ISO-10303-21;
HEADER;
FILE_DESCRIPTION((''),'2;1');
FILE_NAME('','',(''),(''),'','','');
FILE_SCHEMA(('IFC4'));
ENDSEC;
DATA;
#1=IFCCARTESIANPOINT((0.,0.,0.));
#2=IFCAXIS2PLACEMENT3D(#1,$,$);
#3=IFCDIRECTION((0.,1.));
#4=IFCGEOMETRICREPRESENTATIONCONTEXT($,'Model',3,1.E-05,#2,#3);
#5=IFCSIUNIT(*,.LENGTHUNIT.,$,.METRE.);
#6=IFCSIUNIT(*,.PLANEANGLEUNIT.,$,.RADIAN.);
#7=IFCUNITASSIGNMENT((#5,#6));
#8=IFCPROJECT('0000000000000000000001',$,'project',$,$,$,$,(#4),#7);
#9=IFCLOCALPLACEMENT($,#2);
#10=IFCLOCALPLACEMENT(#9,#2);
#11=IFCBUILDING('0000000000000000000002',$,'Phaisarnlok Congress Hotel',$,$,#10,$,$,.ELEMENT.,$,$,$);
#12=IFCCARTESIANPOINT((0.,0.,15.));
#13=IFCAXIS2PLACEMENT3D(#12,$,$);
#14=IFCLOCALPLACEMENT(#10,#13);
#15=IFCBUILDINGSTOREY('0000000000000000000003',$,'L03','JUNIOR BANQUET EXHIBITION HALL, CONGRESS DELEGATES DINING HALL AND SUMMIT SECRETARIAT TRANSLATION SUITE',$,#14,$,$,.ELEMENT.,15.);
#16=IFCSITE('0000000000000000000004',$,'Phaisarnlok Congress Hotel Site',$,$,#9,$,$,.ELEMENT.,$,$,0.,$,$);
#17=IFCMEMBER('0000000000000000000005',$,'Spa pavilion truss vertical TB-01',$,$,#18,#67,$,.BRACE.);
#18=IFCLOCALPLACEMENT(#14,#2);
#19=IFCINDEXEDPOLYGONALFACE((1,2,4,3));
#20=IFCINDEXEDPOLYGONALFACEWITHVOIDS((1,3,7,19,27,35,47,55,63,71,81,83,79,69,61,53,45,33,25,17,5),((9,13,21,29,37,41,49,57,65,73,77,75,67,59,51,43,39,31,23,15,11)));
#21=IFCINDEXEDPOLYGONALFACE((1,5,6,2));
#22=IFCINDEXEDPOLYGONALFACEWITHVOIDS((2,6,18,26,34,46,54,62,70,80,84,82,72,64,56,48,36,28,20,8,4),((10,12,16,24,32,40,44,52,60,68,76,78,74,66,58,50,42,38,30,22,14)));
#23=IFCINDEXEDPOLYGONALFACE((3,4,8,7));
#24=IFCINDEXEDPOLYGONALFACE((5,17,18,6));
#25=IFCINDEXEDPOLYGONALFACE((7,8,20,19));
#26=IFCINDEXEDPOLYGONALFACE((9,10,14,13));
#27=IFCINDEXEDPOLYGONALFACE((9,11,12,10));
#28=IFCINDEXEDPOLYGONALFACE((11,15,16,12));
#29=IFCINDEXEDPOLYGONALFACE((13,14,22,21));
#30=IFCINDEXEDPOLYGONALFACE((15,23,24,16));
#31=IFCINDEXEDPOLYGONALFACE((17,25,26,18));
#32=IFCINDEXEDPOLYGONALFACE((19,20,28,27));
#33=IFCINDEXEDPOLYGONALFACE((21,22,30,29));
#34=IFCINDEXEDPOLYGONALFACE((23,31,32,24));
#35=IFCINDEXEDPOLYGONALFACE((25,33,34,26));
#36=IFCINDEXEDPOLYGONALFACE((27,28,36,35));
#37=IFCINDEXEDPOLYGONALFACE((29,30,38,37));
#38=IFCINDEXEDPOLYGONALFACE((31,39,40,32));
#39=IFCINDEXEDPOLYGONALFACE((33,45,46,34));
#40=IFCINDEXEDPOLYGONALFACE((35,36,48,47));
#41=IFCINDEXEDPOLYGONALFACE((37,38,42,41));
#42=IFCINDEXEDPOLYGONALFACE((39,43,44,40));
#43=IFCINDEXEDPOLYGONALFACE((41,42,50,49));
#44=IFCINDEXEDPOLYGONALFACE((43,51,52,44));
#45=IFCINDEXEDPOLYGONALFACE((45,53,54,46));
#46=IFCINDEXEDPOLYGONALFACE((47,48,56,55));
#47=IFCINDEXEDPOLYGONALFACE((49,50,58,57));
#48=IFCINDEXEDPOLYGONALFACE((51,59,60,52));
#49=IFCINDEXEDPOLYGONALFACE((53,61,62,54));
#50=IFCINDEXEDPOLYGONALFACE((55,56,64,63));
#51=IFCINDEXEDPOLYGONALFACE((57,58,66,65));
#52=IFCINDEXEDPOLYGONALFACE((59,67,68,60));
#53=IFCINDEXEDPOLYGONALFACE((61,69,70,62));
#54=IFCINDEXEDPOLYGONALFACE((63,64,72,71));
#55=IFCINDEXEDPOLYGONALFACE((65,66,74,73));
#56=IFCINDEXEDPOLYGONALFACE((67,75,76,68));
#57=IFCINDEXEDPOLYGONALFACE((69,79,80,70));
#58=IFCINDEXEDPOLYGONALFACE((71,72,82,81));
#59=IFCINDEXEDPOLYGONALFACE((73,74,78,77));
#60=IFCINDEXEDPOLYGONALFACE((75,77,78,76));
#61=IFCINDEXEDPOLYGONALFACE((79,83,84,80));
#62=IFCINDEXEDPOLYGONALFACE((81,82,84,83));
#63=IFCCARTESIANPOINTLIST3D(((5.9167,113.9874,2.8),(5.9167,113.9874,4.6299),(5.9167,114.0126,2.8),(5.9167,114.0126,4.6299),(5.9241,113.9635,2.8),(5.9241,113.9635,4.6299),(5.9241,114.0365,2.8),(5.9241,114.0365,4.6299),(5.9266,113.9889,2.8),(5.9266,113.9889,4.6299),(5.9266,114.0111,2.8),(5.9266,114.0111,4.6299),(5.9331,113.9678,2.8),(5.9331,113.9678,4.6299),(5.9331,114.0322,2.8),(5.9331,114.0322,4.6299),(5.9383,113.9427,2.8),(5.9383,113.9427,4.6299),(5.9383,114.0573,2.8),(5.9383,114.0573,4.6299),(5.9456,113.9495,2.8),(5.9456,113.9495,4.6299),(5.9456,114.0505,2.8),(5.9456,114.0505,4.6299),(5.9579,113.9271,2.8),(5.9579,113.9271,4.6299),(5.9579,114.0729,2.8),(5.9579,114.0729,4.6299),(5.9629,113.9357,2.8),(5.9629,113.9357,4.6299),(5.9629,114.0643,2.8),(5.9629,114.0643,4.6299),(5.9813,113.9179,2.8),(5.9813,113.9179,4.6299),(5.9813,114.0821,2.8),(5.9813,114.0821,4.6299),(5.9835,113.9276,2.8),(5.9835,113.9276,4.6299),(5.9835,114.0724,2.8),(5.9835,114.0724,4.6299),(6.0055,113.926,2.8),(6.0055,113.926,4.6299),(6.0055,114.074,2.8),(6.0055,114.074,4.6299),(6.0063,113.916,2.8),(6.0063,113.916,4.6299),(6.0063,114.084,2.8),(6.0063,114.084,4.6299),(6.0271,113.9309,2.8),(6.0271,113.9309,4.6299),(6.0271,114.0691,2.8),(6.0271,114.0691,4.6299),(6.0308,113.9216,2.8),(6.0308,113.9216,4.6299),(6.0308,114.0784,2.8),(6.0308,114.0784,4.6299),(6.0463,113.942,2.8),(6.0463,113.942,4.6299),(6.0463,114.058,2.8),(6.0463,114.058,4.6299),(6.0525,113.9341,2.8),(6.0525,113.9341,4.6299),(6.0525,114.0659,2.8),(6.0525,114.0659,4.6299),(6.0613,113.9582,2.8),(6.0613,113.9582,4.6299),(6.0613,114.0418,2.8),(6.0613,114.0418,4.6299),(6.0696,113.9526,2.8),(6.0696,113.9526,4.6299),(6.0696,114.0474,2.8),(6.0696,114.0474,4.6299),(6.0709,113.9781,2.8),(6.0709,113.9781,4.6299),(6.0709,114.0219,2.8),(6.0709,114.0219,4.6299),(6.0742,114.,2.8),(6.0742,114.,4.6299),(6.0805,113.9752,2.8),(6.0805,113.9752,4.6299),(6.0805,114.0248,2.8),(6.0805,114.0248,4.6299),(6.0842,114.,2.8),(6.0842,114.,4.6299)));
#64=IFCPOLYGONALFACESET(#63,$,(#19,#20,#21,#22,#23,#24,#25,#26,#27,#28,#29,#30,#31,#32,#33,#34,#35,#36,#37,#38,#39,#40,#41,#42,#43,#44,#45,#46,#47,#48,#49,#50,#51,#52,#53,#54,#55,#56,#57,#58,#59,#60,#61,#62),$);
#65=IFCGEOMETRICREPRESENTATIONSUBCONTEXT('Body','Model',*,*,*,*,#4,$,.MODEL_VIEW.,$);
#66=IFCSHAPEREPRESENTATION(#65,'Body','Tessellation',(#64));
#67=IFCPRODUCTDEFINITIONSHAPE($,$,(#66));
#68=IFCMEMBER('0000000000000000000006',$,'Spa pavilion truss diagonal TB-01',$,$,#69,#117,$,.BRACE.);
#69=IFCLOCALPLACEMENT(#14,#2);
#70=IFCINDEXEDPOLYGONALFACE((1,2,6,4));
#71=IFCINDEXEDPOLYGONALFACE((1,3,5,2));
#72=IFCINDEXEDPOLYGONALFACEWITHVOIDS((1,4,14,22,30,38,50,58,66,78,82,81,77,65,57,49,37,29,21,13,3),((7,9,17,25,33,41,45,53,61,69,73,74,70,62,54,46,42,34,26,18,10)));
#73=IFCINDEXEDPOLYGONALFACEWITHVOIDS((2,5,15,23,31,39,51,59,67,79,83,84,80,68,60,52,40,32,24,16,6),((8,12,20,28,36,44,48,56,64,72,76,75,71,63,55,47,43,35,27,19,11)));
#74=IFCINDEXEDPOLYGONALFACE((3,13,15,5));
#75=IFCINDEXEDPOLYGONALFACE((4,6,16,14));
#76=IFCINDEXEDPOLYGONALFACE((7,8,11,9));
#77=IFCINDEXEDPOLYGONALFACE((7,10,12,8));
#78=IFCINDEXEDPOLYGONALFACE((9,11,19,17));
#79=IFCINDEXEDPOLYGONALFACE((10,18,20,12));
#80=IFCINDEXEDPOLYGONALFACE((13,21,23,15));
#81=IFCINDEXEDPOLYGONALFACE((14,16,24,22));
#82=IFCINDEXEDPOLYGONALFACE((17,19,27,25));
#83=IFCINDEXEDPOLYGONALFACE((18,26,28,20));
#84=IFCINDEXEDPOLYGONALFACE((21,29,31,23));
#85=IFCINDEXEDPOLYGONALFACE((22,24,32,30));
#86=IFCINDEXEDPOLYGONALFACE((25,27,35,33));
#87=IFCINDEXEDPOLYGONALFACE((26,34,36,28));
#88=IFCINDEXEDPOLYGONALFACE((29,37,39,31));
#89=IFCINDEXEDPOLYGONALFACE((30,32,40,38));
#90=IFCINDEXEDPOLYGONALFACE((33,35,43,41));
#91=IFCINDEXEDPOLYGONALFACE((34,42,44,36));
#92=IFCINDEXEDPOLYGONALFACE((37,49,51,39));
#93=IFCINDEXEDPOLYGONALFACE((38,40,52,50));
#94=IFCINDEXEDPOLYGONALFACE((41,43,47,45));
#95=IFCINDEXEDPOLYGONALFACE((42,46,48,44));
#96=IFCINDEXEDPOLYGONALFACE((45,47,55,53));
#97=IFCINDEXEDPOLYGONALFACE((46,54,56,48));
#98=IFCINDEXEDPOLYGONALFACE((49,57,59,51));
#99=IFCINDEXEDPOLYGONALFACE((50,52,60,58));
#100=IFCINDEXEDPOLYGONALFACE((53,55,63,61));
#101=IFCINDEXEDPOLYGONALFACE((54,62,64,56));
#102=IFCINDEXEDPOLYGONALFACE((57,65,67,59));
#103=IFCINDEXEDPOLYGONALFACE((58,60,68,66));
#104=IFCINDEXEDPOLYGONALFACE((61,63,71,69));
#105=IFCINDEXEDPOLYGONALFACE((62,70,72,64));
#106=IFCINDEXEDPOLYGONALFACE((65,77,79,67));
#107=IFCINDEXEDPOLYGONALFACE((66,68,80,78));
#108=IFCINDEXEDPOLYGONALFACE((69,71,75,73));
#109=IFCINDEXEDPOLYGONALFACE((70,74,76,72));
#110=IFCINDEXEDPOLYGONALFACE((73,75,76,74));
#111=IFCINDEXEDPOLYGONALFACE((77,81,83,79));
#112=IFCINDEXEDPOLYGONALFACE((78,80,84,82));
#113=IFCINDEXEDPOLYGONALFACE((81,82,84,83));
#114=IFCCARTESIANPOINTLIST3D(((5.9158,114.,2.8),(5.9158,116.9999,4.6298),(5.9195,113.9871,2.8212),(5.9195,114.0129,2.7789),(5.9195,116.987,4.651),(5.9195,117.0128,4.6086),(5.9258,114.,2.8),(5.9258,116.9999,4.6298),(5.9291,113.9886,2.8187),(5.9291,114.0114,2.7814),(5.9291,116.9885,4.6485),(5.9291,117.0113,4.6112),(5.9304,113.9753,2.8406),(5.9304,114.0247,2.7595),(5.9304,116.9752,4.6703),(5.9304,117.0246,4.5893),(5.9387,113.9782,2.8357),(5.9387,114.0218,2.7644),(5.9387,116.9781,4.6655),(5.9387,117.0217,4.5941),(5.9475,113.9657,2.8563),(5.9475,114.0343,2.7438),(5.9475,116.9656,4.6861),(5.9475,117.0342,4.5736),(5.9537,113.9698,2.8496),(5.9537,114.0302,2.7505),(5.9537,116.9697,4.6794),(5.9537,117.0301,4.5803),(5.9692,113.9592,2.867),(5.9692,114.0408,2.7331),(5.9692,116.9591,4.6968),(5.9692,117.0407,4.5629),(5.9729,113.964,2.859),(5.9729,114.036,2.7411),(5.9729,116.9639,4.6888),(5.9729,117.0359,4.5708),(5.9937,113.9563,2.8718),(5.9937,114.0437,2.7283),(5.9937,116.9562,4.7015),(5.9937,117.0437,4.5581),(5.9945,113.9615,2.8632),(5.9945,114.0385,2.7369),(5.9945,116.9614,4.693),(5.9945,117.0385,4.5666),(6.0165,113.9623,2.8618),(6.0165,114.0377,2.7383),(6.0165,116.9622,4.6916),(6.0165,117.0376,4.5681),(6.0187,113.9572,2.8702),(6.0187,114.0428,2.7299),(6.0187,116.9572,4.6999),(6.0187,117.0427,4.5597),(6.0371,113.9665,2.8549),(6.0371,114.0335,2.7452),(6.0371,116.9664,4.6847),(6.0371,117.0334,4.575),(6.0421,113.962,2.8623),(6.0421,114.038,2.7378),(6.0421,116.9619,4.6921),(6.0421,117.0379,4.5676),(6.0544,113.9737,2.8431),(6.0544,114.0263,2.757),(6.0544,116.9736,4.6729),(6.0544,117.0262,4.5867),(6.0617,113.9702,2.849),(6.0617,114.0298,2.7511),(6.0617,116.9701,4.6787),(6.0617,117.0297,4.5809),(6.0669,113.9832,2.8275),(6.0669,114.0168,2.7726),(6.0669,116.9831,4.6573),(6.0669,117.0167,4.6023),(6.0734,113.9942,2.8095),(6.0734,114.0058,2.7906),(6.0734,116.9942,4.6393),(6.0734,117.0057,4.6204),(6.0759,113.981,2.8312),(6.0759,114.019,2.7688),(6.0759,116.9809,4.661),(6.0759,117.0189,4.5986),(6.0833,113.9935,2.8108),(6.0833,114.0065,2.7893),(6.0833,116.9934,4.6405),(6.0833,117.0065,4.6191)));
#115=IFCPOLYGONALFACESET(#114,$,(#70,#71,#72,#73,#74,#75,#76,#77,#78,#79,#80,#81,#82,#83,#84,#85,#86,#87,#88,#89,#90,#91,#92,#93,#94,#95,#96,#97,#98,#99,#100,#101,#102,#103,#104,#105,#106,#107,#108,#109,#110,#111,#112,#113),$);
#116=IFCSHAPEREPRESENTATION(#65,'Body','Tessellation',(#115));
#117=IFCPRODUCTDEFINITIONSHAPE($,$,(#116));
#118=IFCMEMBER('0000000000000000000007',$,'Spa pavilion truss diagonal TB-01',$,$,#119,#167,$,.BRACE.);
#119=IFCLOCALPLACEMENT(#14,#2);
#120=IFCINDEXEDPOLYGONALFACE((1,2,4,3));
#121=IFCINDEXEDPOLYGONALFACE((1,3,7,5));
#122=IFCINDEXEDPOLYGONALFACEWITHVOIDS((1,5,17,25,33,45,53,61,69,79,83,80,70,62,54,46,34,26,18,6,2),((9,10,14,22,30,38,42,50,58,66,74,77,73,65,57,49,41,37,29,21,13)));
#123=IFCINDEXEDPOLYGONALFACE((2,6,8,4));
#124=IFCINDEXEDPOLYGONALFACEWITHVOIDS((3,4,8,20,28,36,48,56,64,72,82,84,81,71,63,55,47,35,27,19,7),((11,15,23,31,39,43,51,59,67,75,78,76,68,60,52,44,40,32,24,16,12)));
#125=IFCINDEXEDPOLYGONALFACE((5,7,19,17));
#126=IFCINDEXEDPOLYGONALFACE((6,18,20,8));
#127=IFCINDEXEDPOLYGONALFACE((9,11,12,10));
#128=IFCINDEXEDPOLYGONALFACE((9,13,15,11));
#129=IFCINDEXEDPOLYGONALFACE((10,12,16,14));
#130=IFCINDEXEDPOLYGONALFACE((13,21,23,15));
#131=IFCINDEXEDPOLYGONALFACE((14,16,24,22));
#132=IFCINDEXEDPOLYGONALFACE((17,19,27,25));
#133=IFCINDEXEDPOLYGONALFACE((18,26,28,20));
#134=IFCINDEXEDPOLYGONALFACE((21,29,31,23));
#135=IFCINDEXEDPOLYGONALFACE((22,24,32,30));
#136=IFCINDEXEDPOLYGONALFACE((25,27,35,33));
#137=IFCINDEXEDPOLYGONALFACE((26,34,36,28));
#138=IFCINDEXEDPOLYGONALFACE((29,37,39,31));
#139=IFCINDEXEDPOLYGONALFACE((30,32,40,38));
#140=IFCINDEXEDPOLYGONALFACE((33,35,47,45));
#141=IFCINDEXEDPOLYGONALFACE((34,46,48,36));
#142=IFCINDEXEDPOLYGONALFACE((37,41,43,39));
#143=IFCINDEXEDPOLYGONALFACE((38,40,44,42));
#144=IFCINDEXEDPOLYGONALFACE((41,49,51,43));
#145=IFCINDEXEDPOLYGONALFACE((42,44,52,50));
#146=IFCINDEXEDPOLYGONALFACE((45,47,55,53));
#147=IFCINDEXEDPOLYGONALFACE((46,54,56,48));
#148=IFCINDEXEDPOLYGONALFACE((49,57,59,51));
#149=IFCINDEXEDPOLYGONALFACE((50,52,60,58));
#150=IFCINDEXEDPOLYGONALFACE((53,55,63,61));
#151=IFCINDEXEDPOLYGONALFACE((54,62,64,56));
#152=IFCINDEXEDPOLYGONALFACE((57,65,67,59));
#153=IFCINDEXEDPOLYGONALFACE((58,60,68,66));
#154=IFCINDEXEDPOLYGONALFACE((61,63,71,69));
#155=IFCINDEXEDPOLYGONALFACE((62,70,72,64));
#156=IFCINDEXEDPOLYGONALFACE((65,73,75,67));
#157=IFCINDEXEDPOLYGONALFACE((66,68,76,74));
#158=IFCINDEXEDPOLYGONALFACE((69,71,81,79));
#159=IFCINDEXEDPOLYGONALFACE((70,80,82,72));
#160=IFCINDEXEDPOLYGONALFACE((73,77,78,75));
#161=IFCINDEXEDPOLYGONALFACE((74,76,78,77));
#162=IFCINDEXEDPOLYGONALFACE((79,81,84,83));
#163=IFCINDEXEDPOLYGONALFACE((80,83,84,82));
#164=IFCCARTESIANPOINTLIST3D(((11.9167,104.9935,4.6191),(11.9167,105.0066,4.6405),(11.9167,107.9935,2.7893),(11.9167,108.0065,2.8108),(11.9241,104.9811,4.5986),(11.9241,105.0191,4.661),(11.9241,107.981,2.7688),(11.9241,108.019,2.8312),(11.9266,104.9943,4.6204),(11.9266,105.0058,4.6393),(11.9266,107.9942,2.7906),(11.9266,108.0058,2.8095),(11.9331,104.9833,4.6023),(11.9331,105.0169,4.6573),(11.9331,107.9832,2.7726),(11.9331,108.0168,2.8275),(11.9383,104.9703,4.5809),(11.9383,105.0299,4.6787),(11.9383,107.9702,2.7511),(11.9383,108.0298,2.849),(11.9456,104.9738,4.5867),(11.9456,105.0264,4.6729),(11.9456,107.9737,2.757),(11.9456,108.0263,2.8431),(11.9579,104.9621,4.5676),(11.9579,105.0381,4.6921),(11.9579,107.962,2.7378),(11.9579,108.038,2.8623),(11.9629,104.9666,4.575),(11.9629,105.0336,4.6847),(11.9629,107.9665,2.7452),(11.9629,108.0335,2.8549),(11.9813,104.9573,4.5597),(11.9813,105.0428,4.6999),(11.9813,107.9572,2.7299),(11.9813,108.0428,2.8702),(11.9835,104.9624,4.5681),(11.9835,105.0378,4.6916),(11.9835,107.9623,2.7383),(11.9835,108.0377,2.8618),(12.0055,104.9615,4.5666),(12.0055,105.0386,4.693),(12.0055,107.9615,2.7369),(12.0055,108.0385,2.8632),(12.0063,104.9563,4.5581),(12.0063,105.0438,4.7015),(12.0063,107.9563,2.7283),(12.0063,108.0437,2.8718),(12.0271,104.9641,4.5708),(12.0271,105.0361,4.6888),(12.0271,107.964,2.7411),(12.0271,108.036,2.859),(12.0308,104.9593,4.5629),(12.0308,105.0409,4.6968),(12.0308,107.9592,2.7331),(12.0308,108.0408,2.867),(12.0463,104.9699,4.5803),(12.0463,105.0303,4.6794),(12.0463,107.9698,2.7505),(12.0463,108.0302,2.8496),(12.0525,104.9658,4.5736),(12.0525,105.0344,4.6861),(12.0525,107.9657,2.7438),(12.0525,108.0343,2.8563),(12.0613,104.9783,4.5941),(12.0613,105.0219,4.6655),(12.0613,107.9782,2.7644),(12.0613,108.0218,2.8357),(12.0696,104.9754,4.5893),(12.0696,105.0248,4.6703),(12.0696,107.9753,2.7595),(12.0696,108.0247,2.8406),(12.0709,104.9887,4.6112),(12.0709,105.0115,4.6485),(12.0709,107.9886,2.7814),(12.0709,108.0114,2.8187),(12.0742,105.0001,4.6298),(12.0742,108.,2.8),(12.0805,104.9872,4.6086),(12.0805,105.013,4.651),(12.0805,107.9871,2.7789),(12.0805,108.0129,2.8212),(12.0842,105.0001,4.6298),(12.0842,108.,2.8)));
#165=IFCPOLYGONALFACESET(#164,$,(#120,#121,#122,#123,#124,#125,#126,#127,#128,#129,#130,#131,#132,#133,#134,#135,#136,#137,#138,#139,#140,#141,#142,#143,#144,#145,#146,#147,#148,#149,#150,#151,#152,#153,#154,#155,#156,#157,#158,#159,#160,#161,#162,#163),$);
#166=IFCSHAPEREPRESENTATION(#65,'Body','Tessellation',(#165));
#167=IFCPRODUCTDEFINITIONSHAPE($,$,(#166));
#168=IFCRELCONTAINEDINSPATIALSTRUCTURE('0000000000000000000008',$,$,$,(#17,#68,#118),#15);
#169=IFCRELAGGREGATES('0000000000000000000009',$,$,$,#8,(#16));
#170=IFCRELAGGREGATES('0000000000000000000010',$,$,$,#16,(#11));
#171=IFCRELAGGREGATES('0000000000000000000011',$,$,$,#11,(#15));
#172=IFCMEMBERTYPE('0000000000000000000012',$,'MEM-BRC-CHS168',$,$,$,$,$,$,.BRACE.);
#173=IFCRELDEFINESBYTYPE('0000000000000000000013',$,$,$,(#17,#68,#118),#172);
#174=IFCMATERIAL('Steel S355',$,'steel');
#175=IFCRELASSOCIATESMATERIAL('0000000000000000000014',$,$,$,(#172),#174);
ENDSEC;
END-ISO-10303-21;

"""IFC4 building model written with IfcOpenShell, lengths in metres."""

from ifc_helpers import new_model, si_unit, direction, frame, origin, origin_2d, place, context, subcontext, project, spatial, hollow_circle, extrude, material, material_profile, profile_set, type_object, element, save


model = new_model("IFC4")

# Units and contexts
model_context = context("Model", 3, precision=1e-05, world=origin(), true_north=direction((0.0, 1.0)))
body_context = subcontext(model_context, "Body", "Model", "MODEL_VIEW")
ifc_project = project(units=[si_unit("LENGTHUNIT", "METRE"), si_unit("PLANEANGLEUNIT", "RADIAN")], contexts=[model_context])

# Site, building, storey
site_placement = place(None, origin())
site = spatial("IfcSite", under=ifc_project, at=site_placement, Name="Phaisarnlok Congress Hotel Site", CompositionType="ELEMENT", RefElevation=0.0)
building_placement = place(site_placement, origin())
building = spatial("IfcBuilding", under=site, at=building_placement, Name="Phaisarnlok Congress Hotel", CompositionType="ELEMENT")
storey_placement = place(building_placement, frame((0.0, 0.0, 15.0)))
storey = spatial("IfcBuildingStorey", under=building, at=storey_placement, Name="L03", Description="JUNIOR BANQUET EXHIBITION HALL, CONGRESS DELEGATES DINING HALL AND SUMMIT SECRETARIAT TRANSLATION SUITE", CompositionType="ELEMENT", Elevation=15.0)

# Shared definitions
ifc_material_1 = material(Name="Steel S355", Category="steel")

# Members
ifc_material_profile_1 = material_profile(ifc_material_1, hollow_circle(Radius=0.0842, WallThickness=0.01, at=origin_2d()), Name="CHS 168.3x10")
ifc_profile_set_1 = profile_set([ifc_material_profile_1], Name="Steel S355")
member_type_1 = type_object("IfcMemberType", Name="MEM-BRC-CHS168", PredefinedType="BRACE", material=ifc_profile_set_1)
member_1_placement = place(storey_placement, frame((6.0, 114.0, 2.8), z_axis=(0.0, 0.0, 1.0), x_axis=(1.0, 0.0, 0.0)))
element("IfcMember", 1, at=member_1_placement, inside=storey, type_object=member_type_1, Name="Spa pavilion truss vertical TB-01", PredefinedType="BRACE", context=body_context, shape_type="SweptSolid", body=[
    extrude(hollow_circle(Radius=0.0842, WallThickness=0.01, at=origin_2d()), origin(), (0.0, 0.0, 1.0), 1.8298),
])
for number, where, z_axis, x_axis, name in (
    (2, (6.0, 114.0, 2.8), (0.0, 0.853725, 0.520725), (-1.0, 0.0, 0.0), "Spa pavilion truss diagonal TB-01"),
    (3, (12.0, 108.0, 2.8), (0.0, -0.853725, 0.520725), (1.0, 0.0, 0.0), "Spa pavilion truss diagonal TB-01"),
):
    element("IfcMember", number, at=place(storey_placement, frame(where, z_axis=z_axis, x_axis=x_axis)), inside=storey, type_object=member_type_1, Name=name, PredefinedType="BRACE", context=body_context, shape_type="SweptSolid", body=[
        extrude(hollow_circle(Radius=0.0842, WallThickness=0.01, at=origin_2d()), origin(), (0.0, 0.0, 1.0), 3.5139),
    ])

save(model, "model.ifc")
